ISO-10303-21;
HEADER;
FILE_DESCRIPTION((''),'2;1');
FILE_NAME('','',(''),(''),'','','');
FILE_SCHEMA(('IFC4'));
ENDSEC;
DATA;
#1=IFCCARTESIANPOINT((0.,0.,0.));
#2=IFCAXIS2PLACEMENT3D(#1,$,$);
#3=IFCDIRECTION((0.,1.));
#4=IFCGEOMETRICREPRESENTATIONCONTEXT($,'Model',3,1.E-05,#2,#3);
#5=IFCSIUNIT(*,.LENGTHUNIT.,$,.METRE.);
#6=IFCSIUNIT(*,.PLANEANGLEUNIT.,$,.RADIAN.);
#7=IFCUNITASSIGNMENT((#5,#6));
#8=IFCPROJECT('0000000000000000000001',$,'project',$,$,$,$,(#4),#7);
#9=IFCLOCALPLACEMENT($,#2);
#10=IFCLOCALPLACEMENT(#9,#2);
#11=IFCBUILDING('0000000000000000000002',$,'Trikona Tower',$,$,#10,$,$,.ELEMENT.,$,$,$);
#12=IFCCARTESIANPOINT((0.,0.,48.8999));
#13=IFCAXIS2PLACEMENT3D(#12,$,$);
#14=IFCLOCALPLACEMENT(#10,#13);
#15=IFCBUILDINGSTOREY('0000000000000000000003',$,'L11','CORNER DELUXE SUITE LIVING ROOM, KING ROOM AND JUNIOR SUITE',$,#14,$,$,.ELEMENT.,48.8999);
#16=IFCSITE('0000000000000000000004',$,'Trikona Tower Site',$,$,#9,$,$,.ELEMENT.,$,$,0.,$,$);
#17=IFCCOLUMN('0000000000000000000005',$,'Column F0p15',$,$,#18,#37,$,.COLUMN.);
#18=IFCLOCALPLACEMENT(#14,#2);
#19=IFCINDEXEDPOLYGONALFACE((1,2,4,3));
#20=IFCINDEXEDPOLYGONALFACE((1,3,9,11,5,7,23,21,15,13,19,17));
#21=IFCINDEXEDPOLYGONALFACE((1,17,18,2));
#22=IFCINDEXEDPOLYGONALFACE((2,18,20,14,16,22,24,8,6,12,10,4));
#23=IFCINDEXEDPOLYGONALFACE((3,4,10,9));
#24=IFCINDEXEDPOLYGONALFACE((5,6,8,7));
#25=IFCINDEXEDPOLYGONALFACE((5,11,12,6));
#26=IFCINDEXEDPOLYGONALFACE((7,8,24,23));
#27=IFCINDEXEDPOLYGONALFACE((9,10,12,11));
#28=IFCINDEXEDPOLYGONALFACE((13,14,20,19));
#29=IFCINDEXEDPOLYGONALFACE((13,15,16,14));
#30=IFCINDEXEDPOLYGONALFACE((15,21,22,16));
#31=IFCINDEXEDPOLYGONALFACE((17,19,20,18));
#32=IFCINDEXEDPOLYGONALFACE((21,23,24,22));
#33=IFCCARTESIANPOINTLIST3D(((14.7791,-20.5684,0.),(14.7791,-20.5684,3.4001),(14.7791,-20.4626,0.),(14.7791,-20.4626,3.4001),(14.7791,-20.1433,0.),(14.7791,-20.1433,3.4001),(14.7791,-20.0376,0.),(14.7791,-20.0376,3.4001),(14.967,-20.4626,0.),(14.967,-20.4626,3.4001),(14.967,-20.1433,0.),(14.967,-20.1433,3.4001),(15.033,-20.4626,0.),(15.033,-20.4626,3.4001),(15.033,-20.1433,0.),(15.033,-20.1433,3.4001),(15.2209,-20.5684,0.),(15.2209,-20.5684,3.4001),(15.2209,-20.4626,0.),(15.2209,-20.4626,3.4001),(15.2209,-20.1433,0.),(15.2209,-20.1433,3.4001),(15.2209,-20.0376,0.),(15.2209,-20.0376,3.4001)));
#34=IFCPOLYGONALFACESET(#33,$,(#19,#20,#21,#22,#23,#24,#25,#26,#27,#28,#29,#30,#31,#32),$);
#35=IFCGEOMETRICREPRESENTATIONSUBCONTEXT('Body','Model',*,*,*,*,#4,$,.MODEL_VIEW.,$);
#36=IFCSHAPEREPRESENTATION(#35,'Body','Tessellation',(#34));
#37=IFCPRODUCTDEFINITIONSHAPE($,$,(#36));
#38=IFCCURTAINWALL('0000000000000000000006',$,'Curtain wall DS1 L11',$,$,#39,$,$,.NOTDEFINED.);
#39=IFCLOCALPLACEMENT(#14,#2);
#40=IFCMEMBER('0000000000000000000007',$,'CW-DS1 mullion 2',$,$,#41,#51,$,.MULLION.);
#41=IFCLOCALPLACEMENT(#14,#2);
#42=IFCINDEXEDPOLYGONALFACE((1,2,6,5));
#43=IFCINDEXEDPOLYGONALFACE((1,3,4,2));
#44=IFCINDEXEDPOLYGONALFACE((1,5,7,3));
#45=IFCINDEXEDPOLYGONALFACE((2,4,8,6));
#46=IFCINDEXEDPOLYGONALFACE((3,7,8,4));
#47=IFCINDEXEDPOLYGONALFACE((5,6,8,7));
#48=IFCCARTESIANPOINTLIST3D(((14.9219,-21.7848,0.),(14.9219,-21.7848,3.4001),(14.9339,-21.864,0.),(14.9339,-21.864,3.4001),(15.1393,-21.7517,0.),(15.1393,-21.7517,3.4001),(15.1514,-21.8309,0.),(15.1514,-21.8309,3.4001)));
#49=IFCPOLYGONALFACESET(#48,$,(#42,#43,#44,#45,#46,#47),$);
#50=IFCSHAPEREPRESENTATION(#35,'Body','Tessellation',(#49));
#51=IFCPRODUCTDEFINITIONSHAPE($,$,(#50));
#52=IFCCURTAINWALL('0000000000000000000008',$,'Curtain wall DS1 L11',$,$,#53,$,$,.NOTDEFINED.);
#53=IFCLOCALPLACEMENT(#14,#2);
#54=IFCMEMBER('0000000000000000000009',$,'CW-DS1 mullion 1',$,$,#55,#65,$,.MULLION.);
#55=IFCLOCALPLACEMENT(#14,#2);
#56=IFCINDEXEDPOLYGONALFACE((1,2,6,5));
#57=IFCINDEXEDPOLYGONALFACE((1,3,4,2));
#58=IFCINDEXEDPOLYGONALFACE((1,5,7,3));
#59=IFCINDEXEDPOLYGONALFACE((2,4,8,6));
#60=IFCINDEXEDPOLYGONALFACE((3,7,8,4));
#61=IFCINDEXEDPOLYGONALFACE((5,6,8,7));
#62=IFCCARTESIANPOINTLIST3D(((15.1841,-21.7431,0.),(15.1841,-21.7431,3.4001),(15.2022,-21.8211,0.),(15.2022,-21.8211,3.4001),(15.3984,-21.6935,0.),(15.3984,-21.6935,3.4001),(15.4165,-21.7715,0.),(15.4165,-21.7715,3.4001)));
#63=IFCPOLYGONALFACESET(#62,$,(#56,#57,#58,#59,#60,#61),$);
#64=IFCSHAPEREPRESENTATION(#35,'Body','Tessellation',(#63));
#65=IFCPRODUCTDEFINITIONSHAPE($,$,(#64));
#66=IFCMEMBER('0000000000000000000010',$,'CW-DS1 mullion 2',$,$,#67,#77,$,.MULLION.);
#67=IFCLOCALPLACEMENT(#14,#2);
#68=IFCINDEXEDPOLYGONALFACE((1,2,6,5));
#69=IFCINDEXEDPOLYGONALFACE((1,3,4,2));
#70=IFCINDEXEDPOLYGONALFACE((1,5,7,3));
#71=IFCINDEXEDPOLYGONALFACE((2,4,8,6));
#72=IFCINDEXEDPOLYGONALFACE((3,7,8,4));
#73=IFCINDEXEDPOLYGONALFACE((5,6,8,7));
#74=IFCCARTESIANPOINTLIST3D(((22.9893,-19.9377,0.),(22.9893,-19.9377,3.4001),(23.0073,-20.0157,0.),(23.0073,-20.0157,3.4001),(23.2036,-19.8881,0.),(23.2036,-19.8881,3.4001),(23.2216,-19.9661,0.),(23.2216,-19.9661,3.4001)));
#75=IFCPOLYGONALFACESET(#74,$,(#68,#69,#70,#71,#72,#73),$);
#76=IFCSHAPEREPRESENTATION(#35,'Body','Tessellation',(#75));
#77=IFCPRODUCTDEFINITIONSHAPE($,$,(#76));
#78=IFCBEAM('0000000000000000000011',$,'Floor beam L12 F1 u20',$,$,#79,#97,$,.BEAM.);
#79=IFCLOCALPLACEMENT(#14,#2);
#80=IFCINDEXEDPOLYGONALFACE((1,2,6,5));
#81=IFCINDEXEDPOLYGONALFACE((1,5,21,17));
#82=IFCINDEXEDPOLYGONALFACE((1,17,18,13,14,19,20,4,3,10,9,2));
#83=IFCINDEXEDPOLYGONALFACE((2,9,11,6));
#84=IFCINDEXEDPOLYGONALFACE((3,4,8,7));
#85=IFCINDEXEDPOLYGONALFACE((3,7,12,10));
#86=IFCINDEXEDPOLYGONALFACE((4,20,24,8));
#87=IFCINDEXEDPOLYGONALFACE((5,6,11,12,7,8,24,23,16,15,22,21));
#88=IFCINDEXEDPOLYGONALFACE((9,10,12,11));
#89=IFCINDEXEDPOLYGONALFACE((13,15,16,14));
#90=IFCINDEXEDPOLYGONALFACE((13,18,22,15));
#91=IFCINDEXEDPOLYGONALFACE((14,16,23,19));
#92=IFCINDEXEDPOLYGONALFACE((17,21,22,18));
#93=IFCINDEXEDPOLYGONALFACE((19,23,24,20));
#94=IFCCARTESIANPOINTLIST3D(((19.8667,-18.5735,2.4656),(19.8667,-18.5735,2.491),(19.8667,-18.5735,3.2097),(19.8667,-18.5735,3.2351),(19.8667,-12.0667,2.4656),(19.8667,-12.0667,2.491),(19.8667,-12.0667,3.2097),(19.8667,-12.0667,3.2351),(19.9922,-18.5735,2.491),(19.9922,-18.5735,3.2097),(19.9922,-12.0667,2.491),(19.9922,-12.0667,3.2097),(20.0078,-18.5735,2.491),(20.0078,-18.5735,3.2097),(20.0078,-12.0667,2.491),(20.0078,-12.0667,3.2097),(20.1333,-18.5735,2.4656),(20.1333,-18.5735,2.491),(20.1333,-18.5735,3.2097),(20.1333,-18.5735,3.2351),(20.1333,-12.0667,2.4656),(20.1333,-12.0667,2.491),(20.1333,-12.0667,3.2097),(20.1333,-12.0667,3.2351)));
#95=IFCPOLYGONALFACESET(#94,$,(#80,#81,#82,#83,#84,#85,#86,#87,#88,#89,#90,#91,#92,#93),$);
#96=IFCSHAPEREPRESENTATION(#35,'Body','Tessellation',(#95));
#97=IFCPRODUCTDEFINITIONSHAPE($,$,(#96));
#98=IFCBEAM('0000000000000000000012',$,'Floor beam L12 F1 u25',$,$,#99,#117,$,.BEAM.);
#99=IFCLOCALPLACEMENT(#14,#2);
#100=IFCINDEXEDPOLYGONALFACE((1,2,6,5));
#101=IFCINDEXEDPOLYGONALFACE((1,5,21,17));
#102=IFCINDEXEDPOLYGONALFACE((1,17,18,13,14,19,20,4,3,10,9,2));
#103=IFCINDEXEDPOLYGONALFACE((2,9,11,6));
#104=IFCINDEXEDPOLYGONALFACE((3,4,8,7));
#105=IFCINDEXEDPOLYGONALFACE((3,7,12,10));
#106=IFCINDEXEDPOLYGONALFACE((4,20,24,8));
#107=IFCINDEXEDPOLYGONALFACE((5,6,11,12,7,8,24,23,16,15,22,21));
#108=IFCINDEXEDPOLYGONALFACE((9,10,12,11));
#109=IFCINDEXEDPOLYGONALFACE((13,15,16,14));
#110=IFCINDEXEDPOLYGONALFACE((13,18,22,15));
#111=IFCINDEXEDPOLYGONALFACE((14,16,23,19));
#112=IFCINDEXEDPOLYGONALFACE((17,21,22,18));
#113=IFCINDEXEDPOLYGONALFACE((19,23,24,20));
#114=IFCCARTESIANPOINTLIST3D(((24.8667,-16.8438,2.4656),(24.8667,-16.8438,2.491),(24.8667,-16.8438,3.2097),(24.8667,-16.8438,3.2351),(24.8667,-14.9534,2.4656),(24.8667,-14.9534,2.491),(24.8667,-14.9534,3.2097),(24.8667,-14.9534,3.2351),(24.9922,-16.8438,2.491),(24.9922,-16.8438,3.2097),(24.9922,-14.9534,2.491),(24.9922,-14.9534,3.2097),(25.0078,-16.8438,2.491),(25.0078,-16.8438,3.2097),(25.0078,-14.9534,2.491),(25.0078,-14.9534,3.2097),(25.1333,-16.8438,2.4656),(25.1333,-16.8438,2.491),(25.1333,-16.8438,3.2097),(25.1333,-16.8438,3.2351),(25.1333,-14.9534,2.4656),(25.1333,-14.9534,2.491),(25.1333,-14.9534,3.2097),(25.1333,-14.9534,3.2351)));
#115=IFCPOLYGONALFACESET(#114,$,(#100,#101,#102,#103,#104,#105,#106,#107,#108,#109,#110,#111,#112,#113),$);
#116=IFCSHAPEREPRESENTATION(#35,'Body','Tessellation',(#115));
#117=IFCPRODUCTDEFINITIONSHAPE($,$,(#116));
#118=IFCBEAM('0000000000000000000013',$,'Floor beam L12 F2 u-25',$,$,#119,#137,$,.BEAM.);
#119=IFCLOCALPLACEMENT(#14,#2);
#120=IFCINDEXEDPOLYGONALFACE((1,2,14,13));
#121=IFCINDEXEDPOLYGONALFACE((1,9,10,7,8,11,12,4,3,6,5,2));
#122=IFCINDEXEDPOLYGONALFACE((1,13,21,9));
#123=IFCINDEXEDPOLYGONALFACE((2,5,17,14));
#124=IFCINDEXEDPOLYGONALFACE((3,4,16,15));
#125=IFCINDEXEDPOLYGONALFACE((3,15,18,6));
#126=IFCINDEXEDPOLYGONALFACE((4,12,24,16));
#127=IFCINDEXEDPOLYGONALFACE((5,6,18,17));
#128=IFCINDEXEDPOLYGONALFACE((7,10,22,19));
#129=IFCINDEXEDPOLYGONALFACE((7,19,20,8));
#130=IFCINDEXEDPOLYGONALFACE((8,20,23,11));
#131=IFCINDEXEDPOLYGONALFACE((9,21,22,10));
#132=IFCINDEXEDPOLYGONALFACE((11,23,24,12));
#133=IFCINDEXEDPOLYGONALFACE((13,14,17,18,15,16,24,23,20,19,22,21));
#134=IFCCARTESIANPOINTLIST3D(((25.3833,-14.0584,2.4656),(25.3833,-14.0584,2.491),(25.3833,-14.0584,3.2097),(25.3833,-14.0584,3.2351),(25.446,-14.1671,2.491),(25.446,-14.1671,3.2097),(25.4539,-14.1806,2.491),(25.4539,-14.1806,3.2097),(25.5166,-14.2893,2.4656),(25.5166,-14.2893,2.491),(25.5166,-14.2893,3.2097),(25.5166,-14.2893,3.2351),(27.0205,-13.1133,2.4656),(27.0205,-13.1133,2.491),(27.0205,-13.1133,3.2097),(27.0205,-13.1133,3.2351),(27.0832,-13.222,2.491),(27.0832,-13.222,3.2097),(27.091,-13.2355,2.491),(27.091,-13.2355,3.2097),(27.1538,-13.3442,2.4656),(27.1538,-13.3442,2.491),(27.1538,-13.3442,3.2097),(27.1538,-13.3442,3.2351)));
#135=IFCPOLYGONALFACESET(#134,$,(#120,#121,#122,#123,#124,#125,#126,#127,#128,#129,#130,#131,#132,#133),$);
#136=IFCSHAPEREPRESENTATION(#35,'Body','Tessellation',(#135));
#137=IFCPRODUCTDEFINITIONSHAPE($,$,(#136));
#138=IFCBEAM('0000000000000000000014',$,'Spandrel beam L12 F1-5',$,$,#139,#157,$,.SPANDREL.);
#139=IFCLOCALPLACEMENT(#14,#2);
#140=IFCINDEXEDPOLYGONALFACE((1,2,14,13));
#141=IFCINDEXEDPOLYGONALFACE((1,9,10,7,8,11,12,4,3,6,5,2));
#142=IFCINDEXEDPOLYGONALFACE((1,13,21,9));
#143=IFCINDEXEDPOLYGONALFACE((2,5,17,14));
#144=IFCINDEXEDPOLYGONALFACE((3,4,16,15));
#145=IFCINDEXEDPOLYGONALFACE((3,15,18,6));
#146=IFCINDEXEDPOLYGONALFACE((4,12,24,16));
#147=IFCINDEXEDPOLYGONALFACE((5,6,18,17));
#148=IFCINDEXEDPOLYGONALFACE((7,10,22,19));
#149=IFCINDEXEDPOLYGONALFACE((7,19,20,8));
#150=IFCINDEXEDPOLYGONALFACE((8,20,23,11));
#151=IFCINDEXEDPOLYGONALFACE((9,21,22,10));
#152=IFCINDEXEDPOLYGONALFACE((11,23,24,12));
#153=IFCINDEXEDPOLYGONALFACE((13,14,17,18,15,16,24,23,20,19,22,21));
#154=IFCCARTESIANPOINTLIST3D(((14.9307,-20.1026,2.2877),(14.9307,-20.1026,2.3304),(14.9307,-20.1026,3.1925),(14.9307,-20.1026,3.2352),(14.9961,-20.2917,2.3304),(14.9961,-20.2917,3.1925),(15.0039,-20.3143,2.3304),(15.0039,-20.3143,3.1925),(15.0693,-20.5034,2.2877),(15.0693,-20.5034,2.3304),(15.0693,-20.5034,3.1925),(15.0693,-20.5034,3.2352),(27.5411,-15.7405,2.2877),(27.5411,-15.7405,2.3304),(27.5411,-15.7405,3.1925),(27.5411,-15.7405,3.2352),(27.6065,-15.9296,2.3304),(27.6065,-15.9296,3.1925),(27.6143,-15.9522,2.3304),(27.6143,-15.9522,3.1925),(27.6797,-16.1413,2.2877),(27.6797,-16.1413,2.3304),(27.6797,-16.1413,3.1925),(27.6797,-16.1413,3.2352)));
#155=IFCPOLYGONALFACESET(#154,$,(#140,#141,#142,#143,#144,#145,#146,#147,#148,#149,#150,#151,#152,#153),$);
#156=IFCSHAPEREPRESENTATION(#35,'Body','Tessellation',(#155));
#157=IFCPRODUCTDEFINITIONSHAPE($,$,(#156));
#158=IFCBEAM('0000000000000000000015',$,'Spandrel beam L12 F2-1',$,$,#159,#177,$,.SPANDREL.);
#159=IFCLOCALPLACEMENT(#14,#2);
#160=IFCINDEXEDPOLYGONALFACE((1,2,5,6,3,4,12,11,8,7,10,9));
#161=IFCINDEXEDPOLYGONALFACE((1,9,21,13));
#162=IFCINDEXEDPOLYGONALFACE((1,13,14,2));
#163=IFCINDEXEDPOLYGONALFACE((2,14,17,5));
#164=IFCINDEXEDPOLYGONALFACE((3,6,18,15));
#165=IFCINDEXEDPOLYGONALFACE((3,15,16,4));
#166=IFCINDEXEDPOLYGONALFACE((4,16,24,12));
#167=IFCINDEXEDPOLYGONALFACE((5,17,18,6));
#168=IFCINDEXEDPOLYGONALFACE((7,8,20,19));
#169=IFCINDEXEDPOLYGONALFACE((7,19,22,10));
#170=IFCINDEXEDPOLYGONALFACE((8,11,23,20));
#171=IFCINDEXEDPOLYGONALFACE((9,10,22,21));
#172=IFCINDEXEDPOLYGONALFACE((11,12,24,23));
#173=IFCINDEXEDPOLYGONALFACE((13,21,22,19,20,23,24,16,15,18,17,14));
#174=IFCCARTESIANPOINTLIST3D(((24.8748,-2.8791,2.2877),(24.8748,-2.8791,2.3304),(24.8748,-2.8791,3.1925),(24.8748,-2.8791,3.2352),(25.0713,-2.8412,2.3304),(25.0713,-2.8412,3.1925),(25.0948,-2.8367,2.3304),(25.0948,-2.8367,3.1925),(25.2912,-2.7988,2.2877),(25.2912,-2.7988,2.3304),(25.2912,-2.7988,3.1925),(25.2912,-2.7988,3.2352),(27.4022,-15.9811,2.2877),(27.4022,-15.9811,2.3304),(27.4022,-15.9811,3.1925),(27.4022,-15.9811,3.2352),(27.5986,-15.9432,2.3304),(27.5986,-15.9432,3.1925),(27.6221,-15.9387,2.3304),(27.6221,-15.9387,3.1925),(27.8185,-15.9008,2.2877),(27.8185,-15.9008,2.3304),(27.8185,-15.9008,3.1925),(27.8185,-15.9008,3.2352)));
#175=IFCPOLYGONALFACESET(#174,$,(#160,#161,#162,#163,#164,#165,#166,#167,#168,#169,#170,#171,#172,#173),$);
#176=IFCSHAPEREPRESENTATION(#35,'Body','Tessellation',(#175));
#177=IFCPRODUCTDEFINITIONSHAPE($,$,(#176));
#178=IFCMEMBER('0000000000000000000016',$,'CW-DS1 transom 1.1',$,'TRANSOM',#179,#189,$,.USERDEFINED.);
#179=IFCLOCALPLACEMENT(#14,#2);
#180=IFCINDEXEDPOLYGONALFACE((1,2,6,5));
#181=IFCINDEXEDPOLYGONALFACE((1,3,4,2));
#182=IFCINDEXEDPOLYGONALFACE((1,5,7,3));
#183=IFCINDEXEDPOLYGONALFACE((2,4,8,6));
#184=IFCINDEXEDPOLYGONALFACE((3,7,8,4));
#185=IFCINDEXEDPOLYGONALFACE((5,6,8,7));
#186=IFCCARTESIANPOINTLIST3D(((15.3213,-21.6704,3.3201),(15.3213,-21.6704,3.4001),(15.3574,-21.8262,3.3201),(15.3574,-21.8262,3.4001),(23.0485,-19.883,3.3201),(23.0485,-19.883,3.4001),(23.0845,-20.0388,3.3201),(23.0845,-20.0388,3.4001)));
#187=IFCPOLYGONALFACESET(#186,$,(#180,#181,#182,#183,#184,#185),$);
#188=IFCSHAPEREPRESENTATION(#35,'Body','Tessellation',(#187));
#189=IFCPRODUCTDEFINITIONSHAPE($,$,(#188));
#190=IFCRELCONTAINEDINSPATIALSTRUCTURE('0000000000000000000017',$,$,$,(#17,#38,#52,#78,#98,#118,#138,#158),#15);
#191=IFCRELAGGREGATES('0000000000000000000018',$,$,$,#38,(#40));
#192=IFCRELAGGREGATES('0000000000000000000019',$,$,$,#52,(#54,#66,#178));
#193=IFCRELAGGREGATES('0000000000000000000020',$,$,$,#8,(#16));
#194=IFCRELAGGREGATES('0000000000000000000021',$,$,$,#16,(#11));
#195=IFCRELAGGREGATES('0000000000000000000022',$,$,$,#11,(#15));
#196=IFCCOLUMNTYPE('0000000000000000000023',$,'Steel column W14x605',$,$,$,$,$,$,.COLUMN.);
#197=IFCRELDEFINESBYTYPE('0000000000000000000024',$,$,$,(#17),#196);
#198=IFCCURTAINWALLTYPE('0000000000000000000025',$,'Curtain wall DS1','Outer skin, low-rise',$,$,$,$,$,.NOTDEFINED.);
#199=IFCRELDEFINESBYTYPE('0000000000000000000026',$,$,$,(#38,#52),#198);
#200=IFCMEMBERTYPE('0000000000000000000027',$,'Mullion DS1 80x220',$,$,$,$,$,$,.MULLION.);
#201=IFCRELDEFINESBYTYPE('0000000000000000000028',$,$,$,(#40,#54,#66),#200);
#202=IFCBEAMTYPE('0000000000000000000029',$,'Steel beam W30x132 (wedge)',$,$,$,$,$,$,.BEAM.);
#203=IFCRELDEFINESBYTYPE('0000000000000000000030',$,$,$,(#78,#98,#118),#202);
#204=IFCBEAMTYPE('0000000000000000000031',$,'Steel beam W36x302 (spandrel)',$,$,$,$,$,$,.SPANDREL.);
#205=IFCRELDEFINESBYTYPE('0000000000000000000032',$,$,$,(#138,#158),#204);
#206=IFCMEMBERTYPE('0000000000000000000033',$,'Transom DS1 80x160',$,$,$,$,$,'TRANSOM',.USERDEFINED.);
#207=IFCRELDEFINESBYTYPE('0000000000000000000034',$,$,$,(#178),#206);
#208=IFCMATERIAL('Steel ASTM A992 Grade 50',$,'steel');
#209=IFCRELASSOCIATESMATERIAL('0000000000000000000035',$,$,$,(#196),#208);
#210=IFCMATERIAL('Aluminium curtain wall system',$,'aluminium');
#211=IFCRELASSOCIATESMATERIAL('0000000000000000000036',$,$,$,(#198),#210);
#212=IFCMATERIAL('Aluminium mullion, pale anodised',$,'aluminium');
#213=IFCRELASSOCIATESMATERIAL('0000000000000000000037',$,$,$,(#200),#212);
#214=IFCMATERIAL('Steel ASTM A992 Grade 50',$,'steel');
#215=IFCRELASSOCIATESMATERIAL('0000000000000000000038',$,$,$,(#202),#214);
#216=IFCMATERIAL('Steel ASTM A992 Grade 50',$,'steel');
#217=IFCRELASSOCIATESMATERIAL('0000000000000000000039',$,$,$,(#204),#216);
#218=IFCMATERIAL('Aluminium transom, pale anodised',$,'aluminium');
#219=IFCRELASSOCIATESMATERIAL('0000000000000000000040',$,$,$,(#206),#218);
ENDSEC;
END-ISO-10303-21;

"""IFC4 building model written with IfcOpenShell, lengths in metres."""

from ifc_helpers import new_model, si_unit, direction, frame, origin, origin_2d, place, context, subcontext, project, spatial, rectangle, i_section, extrude, material, material_profile, profile_set, type_object, element, aggregate, save


model = new_model("IFC4")

# Units and contexts
model_context = context("Model", 3, precision=1e-05, world=origin(), true_north=direction((0.0, 1.0)))
body_context = subcontext(model_context, "Body", "Model", "MODEL_VIEW")
ifc_project = project(units=[si_unit("LENGTHUNIT", "METRE"), si_unit("PLANEANGLEUNIT", "RADIAN")], contexts=[model_context])

# Site, building, storey
site_placement = place(None, origin())
site = spatial("IfcSite", under=ifc_project, at=site_placement, Name="Trikona Tower Site", CompositionType="ELEMENT", RefElevation=0.0)
building_placement = place(site_placement, origin())
building = spatial("IfcBuilding", under=site, at=building_placement, Name="Trikona Tower", CompositionType="ELEMENT")
storey_placement = place(building_placement, frame((0.0, 0.0, 48.8999)))
storey = spatial("IfcBuildingStorey", under=building, at=storey_placement, Name="L11", Description="CORNER DELUXE SUITE LIVING ROOM, KING ROOM AND JUNIOR SUITE", CompositionType="ELEMENT", Elevation=48.8999)

# Column
ifc_material_1 = material(Name="Steel ASTM A992 Grade 50", Category="steel")
ifc_material_profile_1 = material_profile(ifc_material_1, i_section(OverallWidth=0.4419, OverallDepth=0.5308, WebThickness=0.0659, FlangeThickness=0.1057, at=origin_2d()), Name="W14X605")
ifc_profile_set_1 = profile_set([ifc_material_profile_1], Name="Steel ASTM A992 Grade 50")
column_type = type_object("IfcColumnType", Name="Steel column W14x605", PredefinedType="COLUMN", material=ifc_profile_set_1)
column_placement = place(storey_placement, frame((15.0, -20.303, 0.0), z_axis=(0.0, 0.0, 1.0), x_axis=(1.0, 0.0, 0.0)))
element("IfcColumn", 1, at=column_placement, inside=storey, type_object=column_type, Name="Column F0p15", PredefinedType="COLUMN", context=body_context, shape_type="SweptSolid", body=[
    extrude(i_section(OverallWidth=0.4419, OverallDepth=0.5308, WebThickness=0.0659, FlangeThickness=0.1057, at=origin_2d()), origin(), (0.0, 0.0, 1.0), 3.4001),
])

# Curtain wall, member
ifc_material_2 = material(Name="Aluminium curtain wall system", Category="aluminium")
curtain_wall_type = type_object("IfcCurtainWallType", Name="Curtain wall DS1", Description="Outer skin, low-rise", PredefinedType="NOTDEFINED", material=ifc_material_2)
curtain_wall_1_placement = place(storey_placement, origin())
curtain_wall_1 = element("IfcCurtainWall", 2, at=curtain_wall_1_placement, inside=storey, type_object=curtain_wall_type, Name="Curtain wall DS1 L11", PredefinedType="NOTDEFINED")
ifc_material_3 = material(Name="Aluminium mullion, pale anodised", Category="aluminium")
ifc_material_profile_2 = material_profile(ifc_material_3, rectangle(XDim=0.0801, YDim=0.22, at=origin_2d()), Name="MUL-DS1")
ifc_profile_set_2 = profile_set([ifc_material_profile_2], Name="Aluminium mullion, pale anodised")
member_type_1 = type_object("IfcMemberType", Name="Mullion DS1 80x220", PredefinedType="MULLION", material=ifc_profile_set_2)
member_1_placement = place(storey_placement, frame((15.0366, -21.8079, 0.0), z_axis=(0.0, 0.0, 1.0), x_axis=(-0.150438, 0.988619, 0.0)))
member_1 = element("IfcMember", 3, at=member_1_placement, type_object=member_type_1, Name="CW-DS1 mullion 2", PredefinedType="MULLION", context=body_context, shape_type="SweptSolid", body=[
    extrude(rectangle(XDim=0.0801, YDim=0.22, at=origin_2d()), origin(), (0.0, 0.0, 1.0), 3.4001),
])
aggregate(curtain_wall_1, [member_1])

# Curtain wall, members
curtain_wall_2_placement = place(storey_placement, origin())
curtain_wall_2 = element("IfcCurtainWall", 4, at=curtain_wall_2_placement, inside=storey, type_object=curtain_wall_type, Name="Curtain wall DS1 L11", PredefinedType="NOTDEFINED")
member_2_placement = place(storey_placement, frame((15.3003, -21.7573, 0.0), z_axis=(0.0, 0.0, 1.0), x_axis=(-0.225343, 0.974279, 0.0)))
member_2 = element("IfcMember", 5, at=member_2_placement, type_object=member_type_1, Name="CW-DS1 mullion 1", PredefinedType="MULLION", context=body_context, shape_type="SweptSolid", body=[
    extrude(rectangle(XDim=0.0801, YDim=0.22, at=origin_2d()), origin(), (0.0, 0.0, 1.0), 3.4001),
])
member_3_placement = place(storey_placement, frame((23.1055, -19.9519, 0.0), z_axis=(0.0, 0.0, 1.0), x_axis=(-0.225343, 0.974279, 0.0)))
member_3 = element("IfcMember", 6, at=member_3_placement, type_object=member_type_1, Name="CW-DS1 mullion 2", PredefinedType="MULLION", context=body_context, shape_type="SweptSolid", body=[
    extrude(rectangle(XDim=0.0801, YDim=0.22, at=origin_2d()), origin(), (0.0, 0.0, 1.0), 3.4001),
])

# Beams
ifc_material_4 = material(Name="Steel ASTM A992 Grade 50", Category="steel")
ifc_material_profile_3 = material_profile(ifc_material_4, i_section(OverallWidth=0.2666, OverallDepth=0.7695, WebThickness=0.0156, FlangeThickness=0.0254, at=origin_2d()), Name="W30X132")
ifc_profile_set_3 = profile_set([ifc_material_profile_3], Name="Steel ASTM A992 Grade 50")
beam_type_1 = type_object("IfcBeamType", Name="Steel beam W30x132 (wedge)", PredefinedType="BEAM", material=ifc_profile_set_3)
beam_placement = place(storey_placement, frame((20.0, -12.0667, 2.8503), z_axis=(0.0, -1.0, 0.0), x_axis=(1.0, 0.0, 0.0)))
element("IfcBeam", 7, at=beam_placement, inside=storey, type_object=beam_type_1, Name="Floor beam L12 F1 u20", PredefinedType="BEAM", context=body_context, shape_type="SweptSolid", body=[
    extrude(i_section(OverallWidth=0.2666, OverallDepth=0.7695, WebThickness=0.0156, FlangeThickness=0.0254, at=origin_2d()), origin(), (0.0, 0.0, 1.0), 6.5068),
])
for number, where, z_axis, x_axis, name in (
    (8, (25.0, -14.9534, 2.8503), (0.0, -1.0, 0.0), (1.0, 0.0, 0.0), "Floor beam L12 F1 u25"),
    (9, (25.45, -14.1738, 2.8503), (0.866065, 0.499931, 0.0), (-0.499931, 0.866065, 0.0), "Floor beam L12 F2 u-25"),
):
    element("IfcBeam", number, at=place(storey_placement, frame(where, z_axis=z_axis, x_axis=x_axis)), inside=storey, type_object=beam_type_1, Name=name, PredefinedType="BEAM", context=body_context, shape_type="SweptSolid", body=[
        extrude(i_section(OverallWidth=0.2666, OverallDepth=0.7695, WebThickness=0.0156, FlangeThickness=0.0254, at=origin_2d()), origin(), (0.0, 0.0, 1.0), 1.8904),
    ])
ifc_material_5 = material(Name="Steel ASTM A992 Grade 50", Category="steel")
ifc_material_profile_4 = material_profile(ifc_material_5, i_section(OverallWidth=0.4241, OverallDepth=0.9475, WebThickness=0.0239, FlangeThickness=0.0427, at=origin_2d()), Name="W36X302")
ifc_profile_set_4 = profile_set([ifc_material_profile_4], Name="Steel ASTM A992 Grade 50")
beam_type_2 = type_object("IfcBeamType", Name="Steel beam W36x302 (spandrel)", PredefinedType="SPANDREL", material=ifc_profile_set_4)
for number, where, z_axis, x_axis, name in (
    (10, (15.0, -20.303, 2.7615), (0.945057, 0.326906, 0.0), (-0.326906, 0.945057, 0.0), "Spandrel beam L12 F1-5"),
    (11, (27.6104, -15.9409, 2.7615), (-0.189405, 0.981899, 0.0), (-0.981899, -0.189405, 0.0), "Spandrel beam L12 F2-1"),
):
    element("IfcBeam", number, at=place(storey_placement, frame(where, z_axis=z_axis, x_axis=x_axis)), inside=storey, type_object=beam_type_2, Name=name, PredefinedType="SPANDREL", context=body_context, shape_type="SweptSolid", body=[
        extrude(i_section(OverallWidth=0.4241, OverallDepth=0.9475, WebThickness=0.0239, FlangeThickness=0.0427, at=origin_2d()), origin(), (0.0, 0.0, 1.0), 13.3435),
    ])

# Member
ifc_material_6 = material(Name="Aluminium transom, pale anodised", Category="aluminium")
ifc_material_profile_5 = material_profile(ifc_material_6, rectangle(XDim=0.1599, YDim=0.0801, at=origin_2d()), Name="TRN-DS1")
ifc_profile_set_5 = profile_set([ifc_material_profile_5], Name="Aluminium transom, pale anodised")
member_type_2 = type_object("IfcMemberType", Name="Transom DS1 80x160", ElementType="TRANSOM", PredefinedType="USERDEFINED", material=ifc_profile_set_5)
member_4_placement = place(storey_placement, frame((15.3394, -21.7483, 3.3601), z_axis=(0.974275, 0.225361, 0.0), x_axis=(-0.225361, 0.974275, 0.0)))
member_4 = element("IfcMember", 12, at=member_4_placement, type_object=member_type_2, Name="CW-DS1 transom 1.1", ObjectType="TRANSOM", PredefinedType="USERDEFINED", context=body_context, shape_type="SweptSolid", body=[
    extrude(rectangle(XDim=0.1599, YDim=0.0801, at=origin_2d()), origin(), (0.0, 0.0, 1.0), 7.9312),
])

aggregate(curtain_wall_2, [member_2, member_3, member_4])

save(model, "model.ifc")
